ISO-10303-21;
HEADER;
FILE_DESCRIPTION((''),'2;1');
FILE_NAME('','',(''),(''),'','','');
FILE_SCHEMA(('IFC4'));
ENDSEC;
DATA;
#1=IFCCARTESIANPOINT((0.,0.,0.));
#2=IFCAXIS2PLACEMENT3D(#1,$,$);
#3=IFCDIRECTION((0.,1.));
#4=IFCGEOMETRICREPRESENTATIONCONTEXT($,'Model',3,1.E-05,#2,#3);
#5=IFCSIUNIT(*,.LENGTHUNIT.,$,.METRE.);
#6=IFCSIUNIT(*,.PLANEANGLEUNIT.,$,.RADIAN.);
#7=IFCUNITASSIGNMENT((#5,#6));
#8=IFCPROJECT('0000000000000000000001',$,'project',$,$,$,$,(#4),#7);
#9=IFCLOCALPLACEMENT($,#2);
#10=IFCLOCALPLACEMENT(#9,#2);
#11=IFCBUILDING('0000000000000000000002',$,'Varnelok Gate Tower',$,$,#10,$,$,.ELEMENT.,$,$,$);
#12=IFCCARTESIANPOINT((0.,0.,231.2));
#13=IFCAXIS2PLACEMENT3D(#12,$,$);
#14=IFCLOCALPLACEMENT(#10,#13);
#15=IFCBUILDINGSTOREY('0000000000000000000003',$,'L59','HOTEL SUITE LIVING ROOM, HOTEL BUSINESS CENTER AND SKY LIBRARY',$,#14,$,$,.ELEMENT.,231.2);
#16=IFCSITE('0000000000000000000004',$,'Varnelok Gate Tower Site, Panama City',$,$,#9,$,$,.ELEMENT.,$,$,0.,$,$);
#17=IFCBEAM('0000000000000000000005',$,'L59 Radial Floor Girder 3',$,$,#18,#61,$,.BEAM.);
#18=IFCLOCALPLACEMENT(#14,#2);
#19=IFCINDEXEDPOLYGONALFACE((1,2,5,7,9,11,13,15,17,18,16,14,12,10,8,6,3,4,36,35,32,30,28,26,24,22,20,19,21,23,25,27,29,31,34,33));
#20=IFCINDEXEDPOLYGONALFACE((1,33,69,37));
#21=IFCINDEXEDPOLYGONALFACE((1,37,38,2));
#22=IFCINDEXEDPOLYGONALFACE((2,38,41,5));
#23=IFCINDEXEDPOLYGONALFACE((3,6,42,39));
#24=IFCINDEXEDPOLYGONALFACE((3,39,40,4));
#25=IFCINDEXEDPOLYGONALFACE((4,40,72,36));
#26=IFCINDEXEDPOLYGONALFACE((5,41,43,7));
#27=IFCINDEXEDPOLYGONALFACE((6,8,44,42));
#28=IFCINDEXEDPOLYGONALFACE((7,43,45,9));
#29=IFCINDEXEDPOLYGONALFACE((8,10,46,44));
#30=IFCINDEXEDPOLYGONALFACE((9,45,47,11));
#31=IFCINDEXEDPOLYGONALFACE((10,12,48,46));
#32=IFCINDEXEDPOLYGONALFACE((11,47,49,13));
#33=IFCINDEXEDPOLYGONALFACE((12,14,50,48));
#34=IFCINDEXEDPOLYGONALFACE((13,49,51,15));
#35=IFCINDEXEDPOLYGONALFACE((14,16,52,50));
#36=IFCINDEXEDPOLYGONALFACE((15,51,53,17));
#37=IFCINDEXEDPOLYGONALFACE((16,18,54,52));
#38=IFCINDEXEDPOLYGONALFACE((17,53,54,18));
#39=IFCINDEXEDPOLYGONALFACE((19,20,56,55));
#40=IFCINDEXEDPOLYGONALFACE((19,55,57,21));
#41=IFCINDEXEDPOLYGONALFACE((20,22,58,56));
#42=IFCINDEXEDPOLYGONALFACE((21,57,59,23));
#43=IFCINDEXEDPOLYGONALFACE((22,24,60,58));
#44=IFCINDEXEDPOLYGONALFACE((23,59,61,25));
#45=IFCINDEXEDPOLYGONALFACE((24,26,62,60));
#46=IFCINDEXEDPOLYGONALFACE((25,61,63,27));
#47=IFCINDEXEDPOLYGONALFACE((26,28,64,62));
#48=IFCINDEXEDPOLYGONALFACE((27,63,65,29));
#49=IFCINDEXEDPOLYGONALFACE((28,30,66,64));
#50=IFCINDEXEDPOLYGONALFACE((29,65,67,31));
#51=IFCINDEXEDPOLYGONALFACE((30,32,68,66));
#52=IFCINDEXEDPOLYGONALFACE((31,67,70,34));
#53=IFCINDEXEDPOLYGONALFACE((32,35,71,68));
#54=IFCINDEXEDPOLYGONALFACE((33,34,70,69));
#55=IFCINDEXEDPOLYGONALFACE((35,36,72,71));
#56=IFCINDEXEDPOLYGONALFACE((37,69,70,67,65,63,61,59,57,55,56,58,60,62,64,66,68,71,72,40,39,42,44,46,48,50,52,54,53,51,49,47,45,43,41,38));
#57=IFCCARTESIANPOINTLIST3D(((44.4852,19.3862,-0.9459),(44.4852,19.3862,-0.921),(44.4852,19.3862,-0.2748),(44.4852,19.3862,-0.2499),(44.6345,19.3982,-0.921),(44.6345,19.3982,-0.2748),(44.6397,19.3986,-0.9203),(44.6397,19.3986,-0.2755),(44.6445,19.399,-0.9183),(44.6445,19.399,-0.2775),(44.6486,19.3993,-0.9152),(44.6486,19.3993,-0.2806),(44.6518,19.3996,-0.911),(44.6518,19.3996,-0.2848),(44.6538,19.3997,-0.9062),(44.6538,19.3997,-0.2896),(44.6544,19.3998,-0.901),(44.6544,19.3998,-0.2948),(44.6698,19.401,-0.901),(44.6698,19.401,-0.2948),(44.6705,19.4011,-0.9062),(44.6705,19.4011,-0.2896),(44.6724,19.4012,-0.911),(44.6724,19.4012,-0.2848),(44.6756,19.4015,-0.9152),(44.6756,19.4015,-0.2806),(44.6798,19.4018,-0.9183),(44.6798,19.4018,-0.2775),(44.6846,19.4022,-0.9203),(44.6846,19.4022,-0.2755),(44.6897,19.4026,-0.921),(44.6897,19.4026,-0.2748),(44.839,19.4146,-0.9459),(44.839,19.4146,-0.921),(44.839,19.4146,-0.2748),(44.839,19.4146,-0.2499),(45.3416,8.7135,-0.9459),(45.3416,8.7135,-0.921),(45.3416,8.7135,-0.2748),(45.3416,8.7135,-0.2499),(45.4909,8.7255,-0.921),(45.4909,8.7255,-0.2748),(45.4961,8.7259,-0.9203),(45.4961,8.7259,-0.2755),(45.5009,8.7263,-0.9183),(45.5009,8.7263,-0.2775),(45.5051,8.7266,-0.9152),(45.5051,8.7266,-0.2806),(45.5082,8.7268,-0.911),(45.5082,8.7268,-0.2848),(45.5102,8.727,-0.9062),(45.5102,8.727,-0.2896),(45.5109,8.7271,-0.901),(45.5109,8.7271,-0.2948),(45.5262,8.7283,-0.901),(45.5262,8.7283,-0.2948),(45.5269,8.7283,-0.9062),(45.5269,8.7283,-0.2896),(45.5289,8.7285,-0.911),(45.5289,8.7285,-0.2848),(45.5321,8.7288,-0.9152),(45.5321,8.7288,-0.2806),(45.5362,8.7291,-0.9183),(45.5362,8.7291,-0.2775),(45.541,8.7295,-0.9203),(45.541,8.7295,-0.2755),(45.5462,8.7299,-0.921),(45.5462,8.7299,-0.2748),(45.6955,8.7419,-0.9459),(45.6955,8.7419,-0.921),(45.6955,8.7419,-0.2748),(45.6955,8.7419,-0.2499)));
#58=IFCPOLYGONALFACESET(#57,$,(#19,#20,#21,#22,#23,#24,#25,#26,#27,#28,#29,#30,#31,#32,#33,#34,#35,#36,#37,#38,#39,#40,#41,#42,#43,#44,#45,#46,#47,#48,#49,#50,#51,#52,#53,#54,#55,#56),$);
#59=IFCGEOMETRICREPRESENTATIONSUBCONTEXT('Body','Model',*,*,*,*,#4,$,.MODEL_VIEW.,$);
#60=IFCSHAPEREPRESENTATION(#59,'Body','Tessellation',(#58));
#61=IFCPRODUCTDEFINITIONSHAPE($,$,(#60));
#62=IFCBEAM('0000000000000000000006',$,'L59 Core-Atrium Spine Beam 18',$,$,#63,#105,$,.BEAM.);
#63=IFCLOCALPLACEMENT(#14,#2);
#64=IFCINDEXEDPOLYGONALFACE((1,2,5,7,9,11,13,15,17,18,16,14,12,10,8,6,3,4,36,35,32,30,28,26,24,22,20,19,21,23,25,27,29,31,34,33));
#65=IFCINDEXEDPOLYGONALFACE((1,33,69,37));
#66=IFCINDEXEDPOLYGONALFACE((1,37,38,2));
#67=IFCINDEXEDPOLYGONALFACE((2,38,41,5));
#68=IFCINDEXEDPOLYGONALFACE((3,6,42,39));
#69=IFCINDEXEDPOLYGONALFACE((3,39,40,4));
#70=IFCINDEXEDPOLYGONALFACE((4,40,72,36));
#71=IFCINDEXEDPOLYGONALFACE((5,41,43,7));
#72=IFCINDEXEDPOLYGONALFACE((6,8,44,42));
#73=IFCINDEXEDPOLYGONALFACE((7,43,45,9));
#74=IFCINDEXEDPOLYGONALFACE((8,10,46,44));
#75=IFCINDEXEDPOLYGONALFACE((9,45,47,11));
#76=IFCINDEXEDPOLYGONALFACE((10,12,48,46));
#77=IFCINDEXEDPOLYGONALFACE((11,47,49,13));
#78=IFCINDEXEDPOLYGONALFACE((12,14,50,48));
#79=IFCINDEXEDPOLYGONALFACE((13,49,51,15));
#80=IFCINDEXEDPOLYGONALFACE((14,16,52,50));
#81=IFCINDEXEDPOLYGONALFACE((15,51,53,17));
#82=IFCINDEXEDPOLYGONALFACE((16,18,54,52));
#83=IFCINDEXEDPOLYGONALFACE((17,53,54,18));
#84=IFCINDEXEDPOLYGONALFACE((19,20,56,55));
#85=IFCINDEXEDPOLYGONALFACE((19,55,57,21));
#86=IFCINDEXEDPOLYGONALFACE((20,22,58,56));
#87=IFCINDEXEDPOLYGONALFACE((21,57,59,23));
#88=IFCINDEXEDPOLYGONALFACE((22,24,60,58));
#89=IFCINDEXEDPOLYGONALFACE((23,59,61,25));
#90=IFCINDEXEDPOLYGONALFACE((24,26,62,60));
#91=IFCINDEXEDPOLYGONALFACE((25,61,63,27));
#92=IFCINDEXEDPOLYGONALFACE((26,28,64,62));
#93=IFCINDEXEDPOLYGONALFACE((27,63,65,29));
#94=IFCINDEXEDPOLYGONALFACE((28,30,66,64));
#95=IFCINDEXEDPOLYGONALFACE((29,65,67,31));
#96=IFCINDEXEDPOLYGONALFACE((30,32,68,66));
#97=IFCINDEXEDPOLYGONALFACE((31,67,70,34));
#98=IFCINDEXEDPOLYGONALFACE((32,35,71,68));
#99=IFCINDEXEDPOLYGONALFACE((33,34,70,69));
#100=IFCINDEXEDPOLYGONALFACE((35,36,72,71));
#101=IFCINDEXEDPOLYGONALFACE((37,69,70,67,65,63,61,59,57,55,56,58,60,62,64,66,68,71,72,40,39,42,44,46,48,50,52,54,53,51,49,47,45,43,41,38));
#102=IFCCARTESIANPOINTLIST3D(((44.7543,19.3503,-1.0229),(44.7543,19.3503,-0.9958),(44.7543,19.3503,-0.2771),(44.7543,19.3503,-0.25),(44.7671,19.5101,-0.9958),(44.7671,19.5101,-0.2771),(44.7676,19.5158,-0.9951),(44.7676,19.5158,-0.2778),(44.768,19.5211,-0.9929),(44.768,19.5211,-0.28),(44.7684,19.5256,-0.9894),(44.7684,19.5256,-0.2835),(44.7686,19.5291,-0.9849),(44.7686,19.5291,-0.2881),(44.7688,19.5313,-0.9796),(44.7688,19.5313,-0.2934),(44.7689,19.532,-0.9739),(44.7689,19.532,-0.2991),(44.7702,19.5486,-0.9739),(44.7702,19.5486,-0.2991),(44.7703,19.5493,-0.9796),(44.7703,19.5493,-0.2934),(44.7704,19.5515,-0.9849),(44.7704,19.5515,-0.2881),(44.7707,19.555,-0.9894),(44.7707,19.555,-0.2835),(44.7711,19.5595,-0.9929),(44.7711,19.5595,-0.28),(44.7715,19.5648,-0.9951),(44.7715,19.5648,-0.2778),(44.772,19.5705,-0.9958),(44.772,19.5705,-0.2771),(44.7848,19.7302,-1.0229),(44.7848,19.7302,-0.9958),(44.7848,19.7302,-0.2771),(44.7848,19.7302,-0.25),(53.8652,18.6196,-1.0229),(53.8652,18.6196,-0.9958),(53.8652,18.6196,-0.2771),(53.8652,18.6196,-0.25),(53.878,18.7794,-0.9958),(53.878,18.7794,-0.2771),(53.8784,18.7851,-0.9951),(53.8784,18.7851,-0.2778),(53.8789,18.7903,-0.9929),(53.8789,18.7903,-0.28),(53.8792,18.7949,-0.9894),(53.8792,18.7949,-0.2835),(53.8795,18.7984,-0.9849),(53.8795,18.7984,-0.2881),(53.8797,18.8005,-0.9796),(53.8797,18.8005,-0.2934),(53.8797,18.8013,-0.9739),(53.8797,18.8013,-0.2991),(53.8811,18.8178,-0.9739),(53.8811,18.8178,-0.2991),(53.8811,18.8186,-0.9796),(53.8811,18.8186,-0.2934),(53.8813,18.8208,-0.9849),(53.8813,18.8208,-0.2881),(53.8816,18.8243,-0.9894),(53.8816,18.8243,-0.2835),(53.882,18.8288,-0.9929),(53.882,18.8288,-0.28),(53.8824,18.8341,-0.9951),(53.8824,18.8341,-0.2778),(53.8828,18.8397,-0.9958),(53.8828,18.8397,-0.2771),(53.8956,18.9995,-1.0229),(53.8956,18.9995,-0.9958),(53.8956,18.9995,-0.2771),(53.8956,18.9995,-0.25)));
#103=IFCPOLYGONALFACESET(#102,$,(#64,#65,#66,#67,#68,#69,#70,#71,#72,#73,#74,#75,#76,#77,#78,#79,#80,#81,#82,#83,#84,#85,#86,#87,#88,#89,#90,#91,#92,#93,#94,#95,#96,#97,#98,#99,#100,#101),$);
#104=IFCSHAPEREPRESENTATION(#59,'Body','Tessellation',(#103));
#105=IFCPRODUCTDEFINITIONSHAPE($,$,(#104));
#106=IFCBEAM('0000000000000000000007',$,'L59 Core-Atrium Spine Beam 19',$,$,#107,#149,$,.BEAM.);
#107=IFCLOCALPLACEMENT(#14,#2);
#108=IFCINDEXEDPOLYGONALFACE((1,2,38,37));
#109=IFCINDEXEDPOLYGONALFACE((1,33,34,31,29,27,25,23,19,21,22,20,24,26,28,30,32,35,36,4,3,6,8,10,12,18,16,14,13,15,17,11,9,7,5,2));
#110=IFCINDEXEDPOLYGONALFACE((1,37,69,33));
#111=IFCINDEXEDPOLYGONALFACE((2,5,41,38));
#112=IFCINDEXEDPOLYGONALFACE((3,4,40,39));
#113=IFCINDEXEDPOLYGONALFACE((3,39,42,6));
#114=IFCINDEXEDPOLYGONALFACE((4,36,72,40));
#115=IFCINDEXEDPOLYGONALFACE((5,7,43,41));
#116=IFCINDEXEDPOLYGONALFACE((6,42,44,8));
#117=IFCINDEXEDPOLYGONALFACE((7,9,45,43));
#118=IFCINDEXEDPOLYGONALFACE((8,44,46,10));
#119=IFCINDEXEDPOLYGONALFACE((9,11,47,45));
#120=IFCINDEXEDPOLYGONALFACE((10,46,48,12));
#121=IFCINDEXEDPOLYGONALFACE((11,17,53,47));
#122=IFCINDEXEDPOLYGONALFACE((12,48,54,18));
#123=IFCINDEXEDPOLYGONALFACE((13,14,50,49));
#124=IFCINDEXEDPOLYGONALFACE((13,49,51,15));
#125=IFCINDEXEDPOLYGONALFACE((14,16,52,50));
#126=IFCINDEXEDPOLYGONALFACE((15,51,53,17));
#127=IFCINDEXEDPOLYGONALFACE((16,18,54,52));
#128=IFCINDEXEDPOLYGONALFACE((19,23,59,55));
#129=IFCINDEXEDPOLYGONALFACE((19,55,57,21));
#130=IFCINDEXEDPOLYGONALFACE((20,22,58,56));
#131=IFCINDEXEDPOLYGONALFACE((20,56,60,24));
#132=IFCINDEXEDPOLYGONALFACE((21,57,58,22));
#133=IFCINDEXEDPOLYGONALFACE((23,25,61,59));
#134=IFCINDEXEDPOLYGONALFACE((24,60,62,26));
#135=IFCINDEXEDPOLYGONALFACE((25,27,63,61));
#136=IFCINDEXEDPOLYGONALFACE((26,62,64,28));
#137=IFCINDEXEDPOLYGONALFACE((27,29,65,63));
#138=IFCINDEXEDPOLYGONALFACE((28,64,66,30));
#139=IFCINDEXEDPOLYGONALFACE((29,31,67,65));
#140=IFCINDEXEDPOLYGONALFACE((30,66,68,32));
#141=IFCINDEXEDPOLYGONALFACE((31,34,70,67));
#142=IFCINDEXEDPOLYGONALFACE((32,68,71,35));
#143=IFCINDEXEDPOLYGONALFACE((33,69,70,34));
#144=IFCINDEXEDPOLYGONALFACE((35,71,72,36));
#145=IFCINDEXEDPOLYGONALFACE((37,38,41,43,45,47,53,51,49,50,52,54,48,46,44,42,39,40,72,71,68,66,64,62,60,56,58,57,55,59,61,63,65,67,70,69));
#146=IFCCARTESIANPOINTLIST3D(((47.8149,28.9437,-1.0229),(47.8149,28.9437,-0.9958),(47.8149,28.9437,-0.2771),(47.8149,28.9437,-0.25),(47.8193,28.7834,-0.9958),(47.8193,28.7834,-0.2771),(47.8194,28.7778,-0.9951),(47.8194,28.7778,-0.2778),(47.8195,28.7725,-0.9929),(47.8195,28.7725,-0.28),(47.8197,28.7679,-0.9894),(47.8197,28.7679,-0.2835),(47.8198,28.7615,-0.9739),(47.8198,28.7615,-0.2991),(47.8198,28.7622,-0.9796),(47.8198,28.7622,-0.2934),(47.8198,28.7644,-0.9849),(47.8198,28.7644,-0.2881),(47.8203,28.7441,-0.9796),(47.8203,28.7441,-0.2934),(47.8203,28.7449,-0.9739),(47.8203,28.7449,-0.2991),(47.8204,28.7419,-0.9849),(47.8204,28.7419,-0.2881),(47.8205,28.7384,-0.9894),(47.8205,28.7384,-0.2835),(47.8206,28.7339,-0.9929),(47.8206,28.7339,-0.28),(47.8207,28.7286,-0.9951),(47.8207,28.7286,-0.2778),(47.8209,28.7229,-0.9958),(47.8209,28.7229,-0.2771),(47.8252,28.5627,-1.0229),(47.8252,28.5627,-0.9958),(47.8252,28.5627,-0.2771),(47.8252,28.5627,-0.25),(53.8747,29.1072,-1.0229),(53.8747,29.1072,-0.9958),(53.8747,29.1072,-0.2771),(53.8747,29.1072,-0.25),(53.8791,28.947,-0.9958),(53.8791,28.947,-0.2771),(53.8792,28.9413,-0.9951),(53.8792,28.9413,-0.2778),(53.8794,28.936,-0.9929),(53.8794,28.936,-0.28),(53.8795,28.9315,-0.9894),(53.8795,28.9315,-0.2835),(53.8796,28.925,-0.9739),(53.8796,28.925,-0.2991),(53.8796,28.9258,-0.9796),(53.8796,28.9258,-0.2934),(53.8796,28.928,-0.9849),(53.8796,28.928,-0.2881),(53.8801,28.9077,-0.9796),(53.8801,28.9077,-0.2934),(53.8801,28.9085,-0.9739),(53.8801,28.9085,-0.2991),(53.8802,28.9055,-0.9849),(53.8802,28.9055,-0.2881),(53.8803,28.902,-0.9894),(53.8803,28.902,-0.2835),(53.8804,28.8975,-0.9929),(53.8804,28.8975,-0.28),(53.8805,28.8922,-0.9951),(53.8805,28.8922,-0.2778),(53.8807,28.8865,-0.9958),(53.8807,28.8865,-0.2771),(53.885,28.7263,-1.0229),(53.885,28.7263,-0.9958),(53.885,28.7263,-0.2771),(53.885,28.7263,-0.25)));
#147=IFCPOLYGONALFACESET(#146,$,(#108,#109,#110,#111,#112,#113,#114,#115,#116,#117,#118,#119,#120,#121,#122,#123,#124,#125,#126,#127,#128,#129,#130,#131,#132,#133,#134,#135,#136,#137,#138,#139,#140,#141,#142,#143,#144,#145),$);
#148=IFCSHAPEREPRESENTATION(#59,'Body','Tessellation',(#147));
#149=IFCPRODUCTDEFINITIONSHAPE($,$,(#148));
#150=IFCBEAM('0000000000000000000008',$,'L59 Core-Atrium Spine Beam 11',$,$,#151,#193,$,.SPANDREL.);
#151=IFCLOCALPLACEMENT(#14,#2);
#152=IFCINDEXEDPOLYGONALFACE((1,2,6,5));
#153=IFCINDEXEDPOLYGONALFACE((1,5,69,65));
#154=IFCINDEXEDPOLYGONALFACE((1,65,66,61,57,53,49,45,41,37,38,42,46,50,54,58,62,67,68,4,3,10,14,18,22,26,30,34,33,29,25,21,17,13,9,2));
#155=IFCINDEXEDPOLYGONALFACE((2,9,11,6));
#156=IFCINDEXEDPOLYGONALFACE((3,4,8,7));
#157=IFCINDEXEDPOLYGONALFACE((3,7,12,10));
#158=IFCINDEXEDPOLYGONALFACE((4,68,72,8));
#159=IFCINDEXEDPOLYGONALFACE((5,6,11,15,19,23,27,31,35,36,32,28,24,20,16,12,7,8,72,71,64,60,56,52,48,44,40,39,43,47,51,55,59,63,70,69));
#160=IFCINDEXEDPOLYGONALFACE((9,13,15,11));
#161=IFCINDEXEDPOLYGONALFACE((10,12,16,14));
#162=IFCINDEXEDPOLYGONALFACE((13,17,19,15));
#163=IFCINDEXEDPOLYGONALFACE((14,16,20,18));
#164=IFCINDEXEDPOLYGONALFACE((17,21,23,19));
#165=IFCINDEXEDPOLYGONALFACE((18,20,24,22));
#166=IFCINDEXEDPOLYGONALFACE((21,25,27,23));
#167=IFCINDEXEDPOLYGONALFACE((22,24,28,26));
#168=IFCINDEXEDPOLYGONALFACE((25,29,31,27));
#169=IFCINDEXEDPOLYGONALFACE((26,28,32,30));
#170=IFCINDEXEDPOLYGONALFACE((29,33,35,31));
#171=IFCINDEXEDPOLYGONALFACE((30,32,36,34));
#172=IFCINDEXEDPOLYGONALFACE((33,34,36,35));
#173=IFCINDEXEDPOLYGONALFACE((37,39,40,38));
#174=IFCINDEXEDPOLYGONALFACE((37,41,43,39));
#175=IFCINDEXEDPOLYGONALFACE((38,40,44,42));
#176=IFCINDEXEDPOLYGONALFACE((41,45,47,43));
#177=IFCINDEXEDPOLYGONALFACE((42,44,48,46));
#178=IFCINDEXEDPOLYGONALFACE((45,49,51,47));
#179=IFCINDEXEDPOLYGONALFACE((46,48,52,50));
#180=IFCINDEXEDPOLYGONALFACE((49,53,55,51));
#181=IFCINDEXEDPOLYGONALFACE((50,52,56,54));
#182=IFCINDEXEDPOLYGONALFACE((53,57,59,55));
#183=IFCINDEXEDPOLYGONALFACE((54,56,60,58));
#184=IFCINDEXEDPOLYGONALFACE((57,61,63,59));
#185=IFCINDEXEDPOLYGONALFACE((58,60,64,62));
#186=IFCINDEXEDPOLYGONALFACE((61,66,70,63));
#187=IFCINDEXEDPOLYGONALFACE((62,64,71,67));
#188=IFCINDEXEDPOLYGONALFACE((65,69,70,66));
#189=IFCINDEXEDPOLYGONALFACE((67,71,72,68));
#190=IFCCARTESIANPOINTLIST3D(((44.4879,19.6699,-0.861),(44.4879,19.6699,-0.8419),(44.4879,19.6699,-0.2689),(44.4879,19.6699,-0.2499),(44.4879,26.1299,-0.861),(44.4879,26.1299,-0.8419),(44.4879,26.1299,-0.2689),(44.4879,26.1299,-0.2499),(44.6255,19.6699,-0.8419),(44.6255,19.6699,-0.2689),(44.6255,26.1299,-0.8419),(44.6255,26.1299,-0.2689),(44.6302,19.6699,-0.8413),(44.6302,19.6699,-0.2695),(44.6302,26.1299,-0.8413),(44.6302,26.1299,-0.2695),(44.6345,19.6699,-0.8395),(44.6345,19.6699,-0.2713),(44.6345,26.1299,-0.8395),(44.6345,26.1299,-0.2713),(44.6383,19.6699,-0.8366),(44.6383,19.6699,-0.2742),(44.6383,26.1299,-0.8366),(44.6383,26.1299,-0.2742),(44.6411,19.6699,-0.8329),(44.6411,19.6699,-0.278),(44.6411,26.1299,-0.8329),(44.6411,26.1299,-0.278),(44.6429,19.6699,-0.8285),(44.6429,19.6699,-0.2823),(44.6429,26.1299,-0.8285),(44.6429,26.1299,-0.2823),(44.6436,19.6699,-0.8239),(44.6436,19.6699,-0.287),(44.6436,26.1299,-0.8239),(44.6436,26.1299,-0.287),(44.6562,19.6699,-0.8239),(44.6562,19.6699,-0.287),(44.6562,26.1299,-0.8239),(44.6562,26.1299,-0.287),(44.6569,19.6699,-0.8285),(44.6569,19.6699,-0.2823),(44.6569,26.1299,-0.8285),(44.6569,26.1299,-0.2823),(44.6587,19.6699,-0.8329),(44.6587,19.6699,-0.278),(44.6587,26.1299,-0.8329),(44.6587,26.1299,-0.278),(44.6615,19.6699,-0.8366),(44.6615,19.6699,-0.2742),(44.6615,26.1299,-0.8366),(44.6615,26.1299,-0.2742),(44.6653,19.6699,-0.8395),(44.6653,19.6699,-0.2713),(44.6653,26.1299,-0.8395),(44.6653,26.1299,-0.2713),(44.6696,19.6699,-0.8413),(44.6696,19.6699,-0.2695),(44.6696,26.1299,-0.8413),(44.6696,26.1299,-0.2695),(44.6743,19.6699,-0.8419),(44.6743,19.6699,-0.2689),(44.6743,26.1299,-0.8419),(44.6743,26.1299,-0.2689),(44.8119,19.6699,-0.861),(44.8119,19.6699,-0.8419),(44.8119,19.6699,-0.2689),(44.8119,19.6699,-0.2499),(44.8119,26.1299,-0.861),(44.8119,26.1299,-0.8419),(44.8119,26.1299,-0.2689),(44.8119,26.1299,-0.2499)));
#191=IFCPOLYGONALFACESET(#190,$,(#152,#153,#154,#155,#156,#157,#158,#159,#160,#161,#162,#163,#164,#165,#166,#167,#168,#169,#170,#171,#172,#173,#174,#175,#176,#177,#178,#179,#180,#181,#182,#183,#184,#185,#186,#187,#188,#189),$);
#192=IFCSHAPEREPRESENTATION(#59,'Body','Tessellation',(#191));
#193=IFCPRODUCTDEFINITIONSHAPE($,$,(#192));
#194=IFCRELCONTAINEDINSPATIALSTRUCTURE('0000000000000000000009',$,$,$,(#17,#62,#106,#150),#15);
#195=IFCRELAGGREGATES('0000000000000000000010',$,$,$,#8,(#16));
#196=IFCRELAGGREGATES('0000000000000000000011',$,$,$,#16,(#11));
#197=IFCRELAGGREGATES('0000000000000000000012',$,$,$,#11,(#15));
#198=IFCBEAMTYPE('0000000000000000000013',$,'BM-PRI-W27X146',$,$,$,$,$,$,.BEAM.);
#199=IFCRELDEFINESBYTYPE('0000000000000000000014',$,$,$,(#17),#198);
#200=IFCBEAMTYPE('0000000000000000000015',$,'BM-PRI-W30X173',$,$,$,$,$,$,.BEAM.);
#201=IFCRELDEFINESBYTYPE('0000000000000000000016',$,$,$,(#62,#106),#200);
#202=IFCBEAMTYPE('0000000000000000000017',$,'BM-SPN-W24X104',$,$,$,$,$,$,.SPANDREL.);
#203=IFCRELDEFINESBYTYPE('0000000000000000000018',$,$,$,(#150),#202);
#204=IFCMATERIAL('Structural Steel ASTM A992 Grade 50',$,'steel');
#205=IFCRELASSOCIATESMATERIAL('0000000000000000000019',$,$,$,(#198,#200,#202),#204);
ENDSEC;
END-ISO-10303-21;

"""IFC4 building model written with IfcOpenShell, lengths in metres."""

from ifc_helpers import new_model, si_unit, direction, frame, origin, origin_2d, place, context, subcontext, project, spatial, i_section, extrude, material, material_profile, profile_set, type_object, element, save


model = new_model("IFC4")

# Units and contexts
model_context = context("Model", 3, precision=1e-05, world=origin(), true_north=direction((0.0, 1.0)))
body_context = subcontext(model_context, "Body", "Model", "MODEL_VIEW")
ifc_project = project(units=[si_unit("LENGTHUNIT", "METRE"), si_unit("PLANEANGLEUNIT", "RADIAN")], contexts=[model_context])

# Site, building, storey
site_placement = place(None, origin())
site = spatial("IfcSite", under=ifc_project, at=site_placement, Name="Varnelok Gate Tower Site, Panama City", CompositionType="ELEMENT", RefElevation=0.0)
building_placement = place(site_placement, origin())
building = spatial("IfcBuilding", under=site, at=building_placement, Name="Varnelok Gate Tower", CompositionType="ELEMENT")
storey_placement = place(building_placement, frame((0.0, 0.0, 231.2)))
storey = spatial("IfcBuildingStorey", under=building, at=storey_placement, Name="L59", Description="HOTEL SUITE LIVING ROOM, HOTEL BUSINESS CENTER AND SKY LIBRARY", CompositionType="ELEMENT", Elevation=231.2)

# Shared definitions
ifc_material_1 = material(Name="Structural Steel ASTM A992 Grade 50", Category="steel")

# Beams
ifc_material_profile_1 = material_profile(ifc_material_1, i_section(OverallWidth=0.355, OverallDepth=0.696, WebThickness=0.0154, FlangeThickness=0.0249, FilletRadius=0.02, at=origin_2d()), Name="W27X146")
ifc_profile_set_1 = profile_set([ifc_material_profile_1], Name="Structural Steel ASTM A992 Grade 50")
beam_type_1 = type_object("IfcBeamType", Name="BM-PRI-W27X146", PredefinedType="BEAM", material=ifc_profile_set_1)
beam_1_placement = place(storey_placement, frame((44.6621, 19.4004, -0.5979), z_axis=(0.07999, -0.996796, 0.0), x_axis=(0.996796, 0.07999, 0.0)))
element("IfcBeam", 1, at=beam_1_placement, inside=storey, type_object=beam_type_1, Name="L59 Radial Floor Girder 3", PredefinedType="BEAM", context=body_context, shape_type="SweptSolid", body=[
    extrude(i_section(OverallWidth=0.355, OverallDepth=0.696, WebThickness=0.0154, FlangeThickness=0.0249, FilletRadius=0.02, at=origin_2d()), origin(), (0.0, 0.0, 1.0), 10.707),
])
ifc_material_profile_2 = material_profile(ifc_material_1, i_section(OverallWidth=0.3811, OverallDepth=0.7729, WebThickness=0.0166, FlangeThickness=0.0271, FilletRadius=0.022, at=origin_2d()), Name="W30X173")
ifc_profile_set_2 = profile_set([ifc_material_profile_2], Name="Structural Steel ASTM A992 Grade 50")
beam_type_2 = type_object("IfcBeamType", Name="BM-PRI-W30X173", PredefinedType="BEAM", material=ifc_profile_set_2)
beam_2_placement = place(storey_placement, frame((44.7695, 19.5403, -0.6365), z_axis=(0.996799, -0.079946, 0.0), x_axis=(0.079946, 0.996799, 0.0)))
element("IfcBeam", 2, at=beam_2_placement, inside=storey, type_object=beam_type_2, Name="L59 Core-Atrium Spine Beam 18", PredefinedType="BEAM", context=body_context, shape_type="SweptSolid", body=[
    extrude(i_section(OverallWidth=0.3811, OverallDepth=0.7729, WebThickness=0.0166, FlangeThickness=0.0271, FilletRadius=0.022, at=origin_2d()), origin(), (0.0, 0.0, 1.0), 9.1401),
])
beam_3_placement = place(storey_placement, frame((47.8201, 28.7532, -0.6365), z_axis=(0.999636, 0.026983, 0.0), x_axis=(-0.026983, 0.999636, 0.0)))
element("IfcBeam", 3, at=beam_3_placement, inside=storey, type_object=beam_type_2, Name="L59 Core-Atrium Spine Beam 19", PredefinedType="BEAM", context=body_context, shape_type="SweptSolid", body=[
    extrude(i_section(OverallWidth=0.3811, OverallDepth=0.7729, WebThickness=0.0166, FlangeThickness=0.0271, FilletRadius=0.022, at=origin_2d()), origin(), (0.0, 0.0, 1.0), 6.062),
])
ifc_material_profile_3 = material_profile(ifc_material_1, i_section(OverallWidth=0.324, OverallDepth=0.6111, WebThickness=0.0127, FlangeThickness=0.019, FilletRadius=0.0181, at=origin_2d()), Name="W24X104")
ifc_profile_set_3 = profile_set([ifc_material_profile_3], Name="Structural Steel ASTM A992 Grade 50")
beam_type_3 = type_object("IfcBeamType", Name="BM-SPN-W24X104", PredefinedType="SPANDREL", material=ifc_profile_set_3)
beam_4_placement = place(storey_placement, frame((44.6499, 19.6699, -0.5554), z_axis=(0.0, 1.0, 0.0), x_axis=(-1.0, 0.0, 0.0)))
element("IfcBeam", 4, at=beam_4_placement, inside=storey, type_object=beam_type_3, Name="L59 Core-Atrium Spine Beam 11", PredefinedType="SPANDREL", context=body_context, shape_type="SweptSolid", body=[
    extrude(i_section(OverallWidth=0.324, OverallDepth=0.6111, WebThickness=0.0127, FlangeThickness=0.019, FilletRadius=0.0181, at=origin_2d()), origin(), (0.0, 0.0, 1.0), 6.46),
])

save(model, "model.ifc")
